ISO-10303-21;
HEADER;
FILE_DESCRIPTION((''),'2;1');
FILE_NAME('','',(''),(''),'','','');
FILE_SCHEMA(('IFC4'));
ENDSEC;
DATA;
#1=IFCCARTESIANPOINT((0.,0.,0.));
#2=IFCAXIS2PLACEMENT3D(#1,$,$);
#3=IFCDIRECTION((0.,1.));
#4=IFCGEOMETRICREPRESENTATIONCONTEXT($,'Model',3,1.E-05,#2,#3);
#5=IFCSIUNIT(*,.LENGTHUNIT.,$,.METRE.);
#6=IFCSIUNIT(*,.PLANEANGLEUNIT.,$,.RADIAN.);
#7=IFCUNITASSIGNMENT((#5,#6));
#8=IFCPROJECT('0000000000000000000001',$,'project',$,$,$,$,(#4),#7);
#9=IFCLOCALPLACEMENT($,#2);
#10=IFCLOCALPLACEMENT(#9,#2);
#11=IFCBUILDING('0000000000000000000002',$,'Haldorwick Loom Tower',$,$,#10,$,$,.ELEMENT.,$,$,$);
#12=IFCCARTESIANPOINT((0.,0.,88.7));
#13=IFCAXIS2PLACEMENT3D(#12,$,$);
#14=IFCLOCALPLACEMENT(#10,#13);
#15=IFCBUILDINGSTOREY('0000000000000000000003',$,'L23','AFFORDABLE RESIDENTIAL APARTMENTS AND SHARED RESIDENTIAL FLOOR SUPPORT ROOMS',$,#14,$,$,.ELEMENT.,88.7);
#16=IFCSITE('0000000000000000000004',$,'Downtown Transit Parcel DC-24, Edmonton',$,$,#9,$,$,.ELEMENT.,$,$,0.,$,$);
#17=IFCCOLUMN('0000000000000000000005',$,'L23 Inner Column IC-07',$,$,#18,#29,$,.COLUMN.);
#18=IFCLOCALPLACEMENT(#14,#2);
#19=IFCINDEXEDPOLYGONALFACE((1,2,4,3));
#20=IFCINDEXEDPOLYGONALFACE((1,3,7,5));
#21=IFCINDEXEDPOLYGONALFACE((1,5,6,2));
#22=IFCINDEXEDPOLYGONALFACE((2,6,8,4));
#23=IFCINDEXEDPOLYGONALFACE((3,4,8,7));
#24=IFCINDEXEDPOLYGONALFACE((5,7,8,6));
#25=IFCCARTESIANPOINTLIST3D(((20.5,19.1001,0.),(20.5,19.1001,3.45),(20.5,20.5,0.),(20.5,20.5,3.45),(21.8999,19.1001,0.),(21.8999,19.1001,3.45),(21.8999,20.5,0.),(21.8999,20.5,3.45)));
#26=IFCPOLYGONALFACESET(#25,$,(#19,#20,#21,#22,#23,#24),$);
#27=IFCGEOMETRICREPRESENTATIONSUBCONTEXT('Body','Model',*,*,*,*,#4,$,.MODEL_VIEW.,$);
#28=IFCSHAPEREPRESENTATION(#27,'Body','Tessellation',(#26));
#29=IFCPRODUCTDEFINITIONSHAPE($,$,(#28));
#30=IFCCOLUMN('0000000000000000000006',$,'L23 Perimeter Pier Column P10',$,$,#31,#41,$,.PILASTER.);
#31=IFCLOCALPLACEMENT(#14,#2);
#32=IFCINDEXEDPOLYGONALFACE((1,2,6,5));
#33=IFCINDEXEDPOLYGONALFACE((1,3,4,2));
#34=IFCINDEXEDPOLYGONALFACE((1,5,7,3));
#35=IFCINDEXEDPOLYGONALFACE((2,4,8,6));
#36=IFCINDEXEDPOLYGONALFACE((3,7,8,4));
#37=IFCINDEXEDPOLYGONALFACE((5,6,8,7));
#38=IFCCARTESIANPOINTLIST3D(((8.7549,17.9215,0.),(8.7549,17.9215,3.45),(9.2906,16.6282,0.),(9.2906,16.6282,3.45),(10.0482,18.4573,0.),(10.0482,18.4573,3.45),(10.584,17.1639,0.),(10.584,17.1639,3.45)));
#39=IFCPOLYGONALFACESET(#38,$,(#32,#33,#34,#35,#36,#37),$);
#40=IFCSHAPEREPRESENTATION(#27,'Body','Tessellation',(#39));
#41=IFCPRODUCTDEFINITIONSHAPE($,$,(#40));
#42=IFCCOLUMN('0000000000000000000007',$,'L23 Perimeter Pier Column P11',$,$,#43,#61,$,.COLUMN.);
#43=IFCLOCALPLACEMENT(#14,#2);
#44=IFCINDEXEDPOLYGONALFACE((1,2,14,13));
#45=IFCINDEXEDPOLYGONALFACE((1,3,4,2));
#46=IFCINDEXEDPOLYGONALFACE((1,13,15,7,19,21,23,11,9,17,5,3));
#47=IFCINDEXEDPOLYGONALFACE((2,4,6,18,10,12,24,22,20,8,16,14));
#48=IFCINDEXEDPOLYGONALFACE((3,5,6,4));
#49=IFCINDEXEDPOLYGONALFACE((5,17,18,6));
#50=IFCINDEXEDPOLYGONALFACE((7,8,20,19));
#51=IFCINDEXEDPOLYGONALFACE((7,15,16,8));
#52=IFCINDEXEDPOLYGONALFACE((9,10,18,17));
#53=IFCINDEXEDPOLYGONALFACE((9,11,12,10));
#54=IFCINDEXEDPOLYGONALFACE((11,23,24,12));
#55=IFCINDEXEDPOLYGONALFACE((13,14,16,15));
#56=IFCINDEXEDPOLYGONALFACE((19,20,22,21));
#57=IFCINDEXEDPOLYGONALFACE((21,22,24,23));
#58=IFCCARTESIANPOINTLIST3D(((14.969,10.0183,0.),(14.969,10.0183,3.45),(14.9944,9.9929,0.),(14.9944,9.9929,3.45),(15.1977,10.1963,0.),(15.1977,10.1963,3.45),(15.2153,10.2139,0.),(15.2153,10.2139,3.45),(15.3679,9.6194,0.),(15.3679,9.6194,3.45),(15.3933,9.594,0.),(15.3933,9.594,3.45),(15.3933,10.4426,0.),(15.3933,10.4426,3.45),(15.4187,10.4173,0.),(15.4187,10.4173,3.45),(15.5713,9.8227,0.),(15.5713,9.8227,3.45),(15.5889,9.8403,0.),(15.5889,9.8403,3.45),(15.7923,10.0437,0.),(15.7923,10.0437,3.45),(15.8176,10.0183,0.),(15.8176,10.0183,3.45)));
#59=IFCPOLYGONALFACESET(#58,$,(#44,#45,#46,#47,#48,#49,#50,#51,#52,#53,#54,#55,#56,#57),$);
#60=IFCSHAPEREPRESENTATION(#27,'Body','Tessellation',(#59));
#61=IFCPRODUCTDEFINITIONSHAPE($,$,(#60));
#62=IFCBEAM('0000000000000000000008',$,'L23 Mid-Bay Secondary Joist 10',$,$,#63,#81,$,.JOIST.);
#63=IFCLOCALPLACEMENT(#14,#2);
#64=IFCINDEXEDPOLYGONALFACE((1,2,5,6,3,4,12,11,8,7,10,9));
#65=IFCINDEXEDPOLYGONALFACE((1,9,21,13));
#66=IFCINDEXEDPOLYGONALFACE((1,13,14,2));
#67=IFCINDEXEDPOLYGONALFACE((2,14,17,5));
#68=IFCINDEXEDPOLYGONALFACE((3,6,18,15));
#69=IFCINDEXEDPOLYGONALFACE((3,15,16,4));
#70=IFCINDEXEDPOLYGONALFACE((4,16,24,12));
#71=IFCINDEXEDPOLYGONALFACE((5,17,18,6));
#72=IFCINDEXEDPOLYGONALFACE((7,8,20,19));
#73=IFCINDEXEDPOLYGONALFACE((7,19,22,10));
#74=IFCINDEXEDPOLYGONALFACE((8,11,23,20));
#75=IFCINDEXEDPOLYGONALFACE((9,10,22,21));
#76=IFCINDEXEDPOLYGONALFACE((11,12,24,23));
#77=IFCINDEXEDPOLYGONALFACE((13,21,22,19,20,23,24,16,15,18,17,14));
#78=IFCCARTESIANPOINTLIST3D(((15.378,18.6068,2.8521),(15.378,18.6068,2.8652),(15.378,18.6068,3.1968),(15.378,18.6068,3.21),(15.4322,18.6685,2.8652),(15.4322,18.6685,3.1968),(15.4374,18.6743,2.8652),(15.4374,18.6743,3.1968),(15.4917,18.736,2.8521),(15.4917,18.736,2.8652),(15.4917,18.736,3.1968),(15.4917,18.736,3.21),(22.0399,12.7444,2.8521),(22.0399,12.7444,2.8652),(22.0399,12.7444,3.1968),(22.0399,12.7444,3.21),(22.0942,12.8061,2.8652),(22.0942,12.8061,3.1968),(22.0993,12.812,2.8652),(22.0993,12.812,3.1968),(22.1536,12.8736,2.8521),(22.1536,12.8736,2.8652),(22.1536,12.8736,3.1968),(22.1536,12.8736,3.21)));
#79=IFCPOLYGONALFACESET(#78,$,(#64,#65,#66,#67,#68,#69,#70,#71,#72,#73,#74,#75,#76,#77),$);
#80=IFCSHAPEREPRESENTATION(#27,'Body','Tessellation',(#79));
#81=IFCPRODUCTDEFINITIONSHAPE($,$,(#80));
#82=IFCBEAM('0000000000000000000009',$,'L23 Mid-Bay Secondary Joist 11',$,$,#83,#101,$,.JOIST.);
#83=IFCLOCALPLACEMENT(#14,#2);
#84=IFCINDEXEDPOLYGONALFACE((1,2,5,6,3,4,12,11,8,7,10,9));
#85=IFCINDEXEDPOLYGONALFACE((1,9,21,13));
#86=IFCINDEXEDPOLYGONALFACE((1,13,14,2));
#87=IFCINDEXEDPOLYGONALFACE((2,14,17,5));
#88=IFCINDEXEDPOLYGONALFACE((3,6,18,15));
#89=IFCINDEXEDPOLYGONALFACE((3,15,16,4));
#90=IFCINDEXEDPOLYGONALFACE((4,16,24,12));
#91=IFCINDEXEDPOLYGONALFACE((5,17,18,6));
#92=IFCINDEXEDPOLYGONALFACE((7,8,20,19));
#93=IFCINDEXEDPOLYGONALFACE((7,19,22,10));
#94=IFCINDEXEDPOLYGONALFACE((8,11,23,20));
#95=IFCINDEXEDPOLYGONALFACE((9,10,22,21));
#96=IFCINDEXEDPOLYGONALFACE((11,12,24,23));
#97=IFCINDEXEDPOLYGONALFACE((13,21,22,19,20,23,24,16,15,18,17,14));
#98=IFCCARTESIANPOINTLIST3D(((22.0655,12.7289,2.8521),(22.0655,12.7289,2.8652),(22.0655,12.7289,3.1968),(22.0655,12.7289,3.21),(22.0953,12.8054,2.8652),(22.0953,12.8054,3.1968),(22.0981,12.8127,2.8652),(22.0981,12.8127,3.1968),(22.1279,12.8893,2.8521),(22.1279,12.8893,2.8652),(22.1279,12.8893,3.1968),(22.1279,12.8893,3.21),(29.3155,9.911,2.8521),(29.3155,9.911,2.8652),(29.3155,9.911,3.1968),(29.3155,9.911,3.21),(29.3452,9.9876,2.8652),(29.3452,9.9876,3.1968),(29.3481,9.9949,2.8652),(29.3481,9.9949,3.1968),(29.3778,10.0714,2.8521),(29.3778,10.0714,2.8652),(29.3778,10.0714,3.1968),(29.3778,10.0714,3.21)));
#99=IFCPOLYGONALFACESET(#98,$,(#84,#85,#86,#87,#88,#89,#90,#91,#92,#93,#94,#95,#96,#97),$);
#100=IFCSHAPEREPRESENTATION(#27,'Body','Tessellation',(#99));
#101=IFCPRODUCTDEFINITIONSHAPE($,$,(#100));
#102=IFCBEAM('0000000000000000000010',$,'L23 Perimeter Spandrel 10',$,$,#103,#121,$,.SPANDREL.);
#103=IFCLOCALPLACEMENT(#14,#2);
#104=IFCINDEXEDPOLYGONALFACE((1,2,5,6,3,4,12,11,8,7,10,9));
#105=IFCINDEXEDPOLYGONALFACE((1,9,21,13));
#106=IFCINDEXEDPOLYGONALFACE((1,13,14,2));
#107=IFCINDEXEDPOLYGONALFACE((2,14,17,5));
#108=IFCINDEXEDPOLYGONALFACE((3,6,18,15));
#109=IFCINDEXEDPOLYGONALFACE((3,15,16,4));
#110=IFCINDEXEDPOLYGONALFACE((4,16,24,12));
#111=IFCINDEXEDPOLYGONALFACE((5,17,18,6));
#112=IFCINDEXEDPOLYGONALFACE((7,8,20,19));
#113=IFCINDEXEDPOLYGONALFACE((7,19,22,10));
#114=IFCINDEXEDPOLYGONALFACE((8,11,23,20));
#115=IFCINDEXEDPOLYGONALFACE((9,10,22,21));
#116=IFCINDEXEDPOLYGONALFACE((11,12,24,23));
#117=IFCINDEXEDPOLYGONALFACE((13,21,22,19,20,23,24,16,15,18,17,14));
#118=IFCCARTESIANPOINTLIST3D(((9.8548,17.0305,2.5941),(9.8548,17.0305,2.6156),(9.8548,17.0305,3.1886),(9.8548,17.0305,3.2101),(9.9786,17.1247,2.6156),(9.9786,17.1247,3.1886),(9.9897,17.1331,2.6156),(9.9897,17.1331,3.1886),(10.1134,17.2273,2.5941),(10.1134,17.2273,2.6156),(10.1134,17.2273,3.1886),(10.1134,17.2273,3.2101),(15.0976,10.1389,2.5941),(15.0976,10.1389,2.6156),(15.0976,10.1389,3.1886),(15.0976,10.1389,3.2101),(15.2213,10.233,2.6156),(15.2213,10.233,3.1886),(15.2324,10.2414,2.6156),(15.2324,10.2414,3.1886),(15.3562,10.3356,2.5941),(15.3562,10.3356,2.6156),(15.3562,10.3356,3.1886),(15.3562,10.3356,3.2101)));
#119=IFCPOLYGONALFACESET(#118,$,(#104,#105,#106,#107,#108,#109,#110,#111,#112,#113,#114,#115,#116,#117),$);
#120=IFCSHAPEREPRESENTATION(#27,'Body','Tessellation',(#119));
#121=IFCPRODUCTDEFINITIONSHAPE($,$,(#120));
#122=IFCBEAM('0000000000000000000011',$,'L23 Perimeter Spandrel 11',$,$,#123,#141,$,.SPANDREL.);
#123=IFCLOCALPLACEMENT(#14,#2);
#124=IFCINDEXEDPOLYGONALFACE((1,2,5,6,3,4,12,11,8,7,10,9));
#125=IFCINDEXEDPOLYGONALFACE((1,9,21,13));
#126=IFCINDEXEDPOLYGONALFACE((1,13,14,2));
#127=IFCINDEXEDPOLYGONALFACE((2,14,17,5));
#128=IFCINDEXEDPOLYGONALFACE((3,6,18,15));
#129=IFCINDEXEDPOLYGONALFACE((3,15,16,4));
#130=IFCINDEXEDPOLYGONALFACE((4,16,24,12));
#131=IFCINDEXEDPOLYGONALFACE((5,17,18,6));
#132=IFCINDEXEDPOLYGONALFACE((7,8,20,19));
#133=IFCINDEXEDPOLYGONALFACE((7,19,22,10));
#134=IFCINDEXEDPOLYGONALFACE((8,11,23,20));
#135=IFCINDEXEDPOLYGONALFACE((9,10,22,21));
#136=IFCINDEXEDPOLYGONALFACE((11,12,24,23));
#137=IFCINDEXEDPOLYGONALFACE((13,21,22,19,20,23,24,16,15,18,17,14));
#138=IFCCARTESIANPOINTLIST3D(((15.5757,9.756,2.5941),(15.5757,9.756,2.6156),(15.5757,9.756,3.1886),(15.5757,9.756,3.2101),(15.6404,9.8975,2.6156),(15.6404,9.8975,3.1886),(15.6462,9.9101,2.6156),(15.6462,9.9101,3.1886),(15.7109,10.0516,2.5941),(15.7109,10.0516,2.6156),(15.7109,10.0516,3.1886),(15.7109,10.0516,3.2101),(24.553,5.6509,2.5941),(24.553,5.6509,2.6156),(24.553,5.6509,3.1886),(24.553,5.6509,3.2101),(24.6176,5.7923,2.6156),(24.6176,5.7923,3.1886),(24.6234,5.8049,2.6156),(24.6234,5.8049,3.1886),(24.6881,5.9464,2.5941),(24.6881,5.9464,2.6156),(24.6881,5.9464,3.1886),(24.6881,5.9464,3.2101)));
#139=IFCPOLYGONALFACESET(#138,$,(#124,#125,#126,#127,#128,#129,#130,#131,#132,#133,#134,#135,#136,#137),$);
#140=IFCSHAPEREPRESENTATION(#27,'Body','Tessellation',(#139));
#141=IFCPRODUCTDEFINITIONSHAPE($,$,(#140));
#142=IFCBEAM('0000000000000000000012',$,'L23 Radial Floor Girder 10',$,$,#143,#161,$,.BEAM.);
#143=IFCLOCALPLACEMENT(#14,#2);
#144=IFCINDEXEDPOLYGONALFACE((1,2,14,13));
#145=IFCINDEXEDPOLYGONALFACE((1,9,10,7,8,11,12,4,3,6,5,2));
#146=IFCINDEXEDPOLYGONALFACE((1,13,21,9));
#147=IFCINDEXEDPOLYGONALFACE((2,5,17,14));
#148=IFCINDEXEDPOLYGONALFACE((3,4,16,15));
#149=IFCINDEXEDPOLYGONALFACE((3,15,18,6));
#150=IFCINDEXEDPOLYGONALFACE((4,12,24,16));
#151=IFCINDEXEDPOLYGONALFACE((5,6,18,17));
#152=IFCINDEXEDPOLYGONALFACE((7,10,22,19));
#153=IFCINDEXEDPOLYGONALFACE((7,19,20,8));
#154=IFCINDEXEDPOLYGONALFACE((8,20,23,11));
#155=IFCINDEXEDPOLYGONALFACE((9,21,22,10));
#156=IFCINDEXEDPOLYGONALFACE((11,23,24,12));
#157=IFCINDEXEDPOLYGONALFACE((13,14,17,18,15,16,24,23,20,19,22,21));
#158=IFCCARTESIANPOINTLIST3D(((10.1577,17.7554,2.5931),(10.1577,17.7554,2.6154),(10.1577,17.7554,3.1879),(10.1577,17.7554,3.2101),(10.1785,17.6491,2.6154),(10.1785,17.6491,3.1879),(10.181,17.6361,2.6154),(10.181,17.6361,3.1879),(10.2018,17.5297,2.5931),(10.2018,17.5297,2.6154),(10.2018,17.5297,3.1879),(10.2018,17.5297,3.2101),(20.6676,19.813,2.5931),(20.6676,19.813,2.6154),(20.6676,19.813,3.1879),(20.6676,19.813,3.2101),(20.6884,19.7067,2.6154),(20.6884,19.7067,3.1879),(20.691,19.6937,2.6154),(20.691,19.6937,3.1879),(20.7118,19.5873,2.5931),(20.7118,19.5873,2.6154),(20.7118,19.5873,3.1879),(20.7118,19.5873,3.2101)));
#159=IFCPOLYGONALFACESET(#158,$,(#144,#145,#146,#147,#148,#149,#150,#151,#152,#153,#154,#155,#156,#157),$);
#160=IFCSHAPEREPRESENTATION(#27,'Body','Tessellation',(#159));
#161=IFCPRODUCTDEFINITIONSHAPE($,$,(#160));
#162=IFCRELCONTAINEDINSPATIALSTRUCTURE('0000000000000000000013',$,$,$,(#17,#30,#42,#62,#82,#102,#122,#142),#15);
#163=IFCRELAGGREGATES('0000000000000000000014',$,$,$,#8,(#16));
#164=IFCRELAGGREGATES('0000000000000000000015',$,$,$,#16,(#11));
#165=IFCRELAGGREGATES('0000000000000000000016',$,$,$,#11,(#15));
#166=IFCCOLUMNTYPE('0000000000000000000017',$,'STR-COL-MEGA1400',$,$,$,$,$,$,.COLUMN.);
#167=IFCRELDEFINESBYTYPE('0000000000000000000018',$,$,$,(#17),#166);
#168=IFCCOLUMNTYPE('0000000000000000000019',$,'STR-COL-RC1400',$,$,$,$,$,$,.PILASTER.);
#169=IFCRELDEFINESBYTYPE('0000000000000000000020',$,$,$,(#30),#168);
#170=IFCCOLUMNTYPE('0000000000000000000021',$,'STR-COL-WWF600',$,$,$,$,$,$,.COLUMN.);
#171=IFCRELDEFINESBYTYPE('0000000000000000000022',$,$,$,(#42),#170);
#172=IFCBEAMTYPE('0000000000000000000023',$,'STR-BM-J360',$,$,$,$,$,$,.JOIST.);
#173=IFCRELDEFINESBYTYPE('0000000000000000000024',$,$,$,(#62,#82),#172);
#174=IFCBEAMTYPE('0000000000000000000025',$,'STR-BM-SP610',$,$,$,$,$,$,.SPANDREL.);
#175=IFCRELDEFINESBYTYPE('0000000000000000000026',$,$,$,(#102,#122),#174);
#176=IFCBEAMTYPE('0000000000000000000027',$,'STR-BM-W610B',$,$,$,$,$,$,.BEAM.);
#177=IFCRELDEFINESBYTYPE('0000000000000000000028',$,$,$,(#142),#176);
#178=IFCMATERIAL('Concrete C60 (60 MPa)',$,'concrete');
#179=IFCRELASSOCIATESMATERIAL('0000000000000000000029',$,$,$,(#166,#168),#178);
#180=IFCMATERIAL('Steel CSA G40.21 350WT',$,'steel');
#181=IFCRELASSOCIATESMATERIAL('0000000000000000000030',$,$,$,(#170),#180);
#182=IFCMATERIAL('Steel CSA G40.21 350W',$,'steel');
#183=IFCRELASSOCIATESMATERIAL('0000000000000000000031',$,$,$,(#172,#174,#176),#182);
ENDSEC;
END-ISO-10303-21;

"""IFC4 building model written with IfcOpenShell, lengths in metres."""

from ifc_helpers import new_model, si_unit, direction, frame, origin, origin_2d, place, context, subcontext, project, spatial, rectangle, i_section, extrude, material, material_profile, profile_set, type_object, element, save


model = new_model("IFC4")

# Units and contexts
model_context = context("Model", 3, precision=1e-05, world=origin(), true_north=direction((0.0, 1.0)))
body_context = subcontext(model_context, "Body", "Model", "MODEL_VIEW")
ifc_project = project(units=[si_unit("LENGTHUNIT", "METRE"), si_unit("PLANEANGLEUNIT", "RADIAN")], contexts=[model_context])

# Site, building, storey
site_placement = place(None, origin())
site = spatial("IfcSite", under=ifc_project, at=site_placement, Name="Downtown Transit Parcel DC-24, Edmonton", CompositionType="ELEMENT", RefElevation=0.0)
building_placement = place(site_placement, origin())
building = spatial("IfcBuilding", under=site, at=building_placement, Name="Haldorwick Loom Tower", CompositionType="ELEMENT")
storey_placement = place(building_placement, frame((0.0, 0.0, 88.7)))
storey = spatial("IfcBuildingStorey", under=building, at=storey_placement, Name="L23", Description="AFFORDABLE RESIDENTIAL APARTMENTS AND SHARED RESIDENTIAL FLOOR SUPPORT ROOMS", CompositionType="ELEMENT", Elevation=88.7)

# Columns
ifc_material_1 = material(Name="Concrete C60 (60 MPa)", Category="concrete")
ifc_material_profile_1 = material_profile(ifc_material_1, rectangle(XDim=1.3999, YDim=1.3999, at=origin_2d()), Name="RC1400X1400", Category="concrete")
ifc_profile_set_1 = profile_set([ifc_material_profile_1], Name="Concrete C60 (60 MPa)")
column_type_1 = type_object("IfcColumnType", Name="STR-COL-MEGA1400", PredefinedType="COLUMN", material=ifc_profile_set_1)
column_1_placement = place(storey_placement, frame((21.2, 19.8, 0.0), z_axis=(0.0, 0.0, 1.0), x_axis=(1.0, 0.0, 0.0)))
element("IfcColumn", 1, at=column_1_placement, inside=storey, type_object=column_type_1, Name="L23 Inner Column IC-07", PredefinedType="COLUMN", context=body_context, shape_type="SweptSolid", body=[
    extrude(rectangle(XDim=1.3999, YDim=1.3999, at=origin_2d()), origin(), (0.0, 0.0, 1.0), 3.45),
])
ifc_material_profile_2 = material_profile(ifc_material_1, rectangle(XDim=1.3999, YDim=1.3999, at=origin_2d()), Name="RC1400X1400", Category="concrete")
ifc_profile_set_2 = profile_set([ifc_material_profile_2], Name="Concrete C60 (60 MPa)")
column_type_2 = type_object("IfcColumnType", Name="STR-COL-RC1400", PredefinedType="PILASTER", material=ifc_profile_set_2)
column_2_placement = place(storey_placement, frame((9.6694, 17.5427, 0.0), z_axis=(0.0, 0.0, 1.0), x_axis=(-0.92388, -0.382683, 0.0)))
element("IfcColumn", 2, at=column_2_placement, inside=storey, type_object=column_type_2, Name="L23 Perimeter Pier Column P10", PredefinedType="PILASTER", context=body_context, shape_type="SweptSolid", body=[
    extrude(rectangle(XDim=1.3999, YDim=1.3999, at=origin_2d()), origin(), (0.0, 0.0, 1.0), 3.45),
])
ifc_material_2 = material(Name="Steel CSA G40.21 350WT", Category="steel")
ifc_material_profile_3 = material_profile(ifc_material_2, i_section(OverallWidth=0.6001, OverallDepth=0.6001, WebThickness=0.0249, FlangeThickness=0.0359, at=origin_2d()), Name="WWF600X600", Category="steel")
ifc_profile_set_3 = profile_set([ifc_material_profile_3], Name="Steel CSA G40.21 350WT")
column_type_3 = type_object("IfcColumnType", Name="STR-COL-WWF600", PredefinedType="COLUMN", material=ifc_profile_set_3)
column_3_placement = place(storey_placement, frame((15.3933, 10.0183, 0.0), z_axis=(0.0, 0.0, 1.0), x_axis=(-0.707107, -0.707107, 0.0)))
element("IfcColumn", 3, at=column_3_placement, inside=storey, type_object=column_type_3, Name="L23 Perimeter Pier Column P11", PredefinedType="COLUMN", context=body_context, shape_type="SweptSolid", body=[
    extrude(i_section(OverallWidth=0.6001, OverallDepth=0.6001, WebThickness=0.0249, FlangeThickness=0.0359, at=origin_2d()), origin(), (0.0, 0.0, 1.0), 3.45),
])

# Beams
ifc_material_3 = material(Name="Steel CSA G40.21 350W", Category="steel")
ifc_material_profile_4 = material_profile(ifc_material_3, i_section(OverallWidth=0.1721, OverallDepth=0.3579, WebThickness=0.0078, FlangeThickness=0.0132, at=origin_2d()), Name="W360X57", Category="steel")
ifc_profile_set_4 = profile_set([ifc_material_profile_4], Name="Steel CSA G40.21 350W")
beam_type_1 = type_object("IfcBeamType", Name="STR-BM-J360", PredefinedType="JOIST", material=ifc_profile_set_4)
beam_1_placement = place(storey_placement, frame((15.4348, 18.6714, 3.031), z_axis=(0.750721, -0.660619, 0.0), x_axis=(0.660619, 0.750721, 0.0)))
element("IfcBeam", 4, at=beam_1_placement, inside=storey, type_object=beam_type_1, Name="L23 Mid-Bay Secondary Joist 10", PredefinedType="JOIST", context=body_context, shape_type="SweptSolid", body=[
    extrude(i_section(OverallWidth=0.1721, OverallDepth=0.3579, WebThickness=0.0078, FlangeThickness=0.0132, at=origin_2d()), origin(), (0.0, 0.0, 1.0), 8.874),
])
beam_2_placement = place(storey_placement, frame((22.0967, 12.8091, 3.031), z_axis=(0.932073, -0.362271, 0.0), x_axis=(0.362271, 0.932073, 0.0)))
element("IfcBeam", 5, at=beam_2_placement, inside=storey, type_object=beam_type_1, Name="L23 Mid-Bay Secondary Joist 11", PredefinedType="JOIST", context=body_context, shape_type="SweptSolid", body=[
    extrude(i_section(OverallWidth=0.1721, OverallDepth=0.3579, WebThickness=0.0078, FlangeThickness=0.0132, at=origin_2d()), origin(), (0.0, 0.0, 1.0), 7.7783),
])
ifc_material_profile_5 = material_profile(ifc_material_3, i_section(OverallWidth=0.325, OverallDepth=0.616, WebThickness=0.0139, FlangeThickness=0.0215, at=origin_2d()), Name="W610X174", Category="steel")
ifc_profile_set_5 = profile_set([ifc_material_profile_5], Name="Steel CSA G40.21 350W")
beam_type_2 = type_object("IfcBeamType", Name="STR-BM-SP610", PredefinedType="SPANDREL", material=ifc_profile_set_5)
beam_3_placement = place(storey_placement, frame((9.9841, 17.1289, 2.9021), z_axis=(0.605454, -0.795881, 0.0), x_axis=(0.795881, 0.605454, 0.0)))
element("IfcBeam", 6, at=beam_3_placement, inside=storey, type_object=beam_type_2, Name="L23 Perimeter Spandrel 10", PredefinedType="SPANDREL", context=body_context, shape_type="SweptSolid", body=[
    extrude(i_section(OverallWidth=0.325, OverallDepth=0.616, WebThickness=0.0139, FlangeThickness=0.0215, at=origin_2d()), origin(), (0.0, 0.0, 1.0), 8.6592),
])
beam_4_placement = place(storey_placement, frame((15.6433, 9.9038, 2.9021), z_axis=(0.909424, -0.41587, 0.0), x_axis=(0.41587, 0.909424, 0.0)))
element("IfcBeam", 7, at=beam_4_placement, inside=storey, type_object=beam_type_2, Name="L23 Perimeter Spandrel 11", PredefinedType="SPANDREL", context=body_context, shape_type="SweptSolid", body=[
    extrude(i_section(OverallWidth=0.325, OverallDepth=0.616, WebThickness=0.0139, FlangeThickness=0.0215, at=origin_2d()), origin(), (0.0, 0.0, 1.0), 9.8713),
])
ifc_material_profile_6 = material_profile(ifc_material_3, i_section(OverallWidth=0.23, OverallDepth=0.6169, WebThickness=0.0132, FlangeThickness=0.0222, at=origin_2d()), Name="W610X140", Category="steel")
ifc_profile_set_6 = profile_set([ifc_material_profile_6], Name="Steel CSA G40.21 350W")
beam_type_3 = type_object("IfcBeamType", Name="STR-BM-W610B", PredefinedType="BEAM", material=ifc_profile_set_6)
beam_5_placement = place(storey_placement, frame((20.6897, 19.7002, 2.9016), z_axis=(-0.98137, -0.192129, 0.0), x_axis=(0.192129, -0.98137, 0.0)))
element("IfcBeam", 8, at=beam_5_placement, inside=storey, type_object=beam_type_3, Name="L23 Radial Floor Girder 10", PredefinedType="BEAM", context=body_context, shape_type="SweptSolid", body=[
    extrude(i_section(OverallWidth=0.23, OverallDepth=0.6169, WebThickness=0.0132, FlangeThickness=0.0222, at=origin_2d()), origin(), (0.0, 0.0, 1.0), 10.7095),
])

save(model, "model.ifc")
